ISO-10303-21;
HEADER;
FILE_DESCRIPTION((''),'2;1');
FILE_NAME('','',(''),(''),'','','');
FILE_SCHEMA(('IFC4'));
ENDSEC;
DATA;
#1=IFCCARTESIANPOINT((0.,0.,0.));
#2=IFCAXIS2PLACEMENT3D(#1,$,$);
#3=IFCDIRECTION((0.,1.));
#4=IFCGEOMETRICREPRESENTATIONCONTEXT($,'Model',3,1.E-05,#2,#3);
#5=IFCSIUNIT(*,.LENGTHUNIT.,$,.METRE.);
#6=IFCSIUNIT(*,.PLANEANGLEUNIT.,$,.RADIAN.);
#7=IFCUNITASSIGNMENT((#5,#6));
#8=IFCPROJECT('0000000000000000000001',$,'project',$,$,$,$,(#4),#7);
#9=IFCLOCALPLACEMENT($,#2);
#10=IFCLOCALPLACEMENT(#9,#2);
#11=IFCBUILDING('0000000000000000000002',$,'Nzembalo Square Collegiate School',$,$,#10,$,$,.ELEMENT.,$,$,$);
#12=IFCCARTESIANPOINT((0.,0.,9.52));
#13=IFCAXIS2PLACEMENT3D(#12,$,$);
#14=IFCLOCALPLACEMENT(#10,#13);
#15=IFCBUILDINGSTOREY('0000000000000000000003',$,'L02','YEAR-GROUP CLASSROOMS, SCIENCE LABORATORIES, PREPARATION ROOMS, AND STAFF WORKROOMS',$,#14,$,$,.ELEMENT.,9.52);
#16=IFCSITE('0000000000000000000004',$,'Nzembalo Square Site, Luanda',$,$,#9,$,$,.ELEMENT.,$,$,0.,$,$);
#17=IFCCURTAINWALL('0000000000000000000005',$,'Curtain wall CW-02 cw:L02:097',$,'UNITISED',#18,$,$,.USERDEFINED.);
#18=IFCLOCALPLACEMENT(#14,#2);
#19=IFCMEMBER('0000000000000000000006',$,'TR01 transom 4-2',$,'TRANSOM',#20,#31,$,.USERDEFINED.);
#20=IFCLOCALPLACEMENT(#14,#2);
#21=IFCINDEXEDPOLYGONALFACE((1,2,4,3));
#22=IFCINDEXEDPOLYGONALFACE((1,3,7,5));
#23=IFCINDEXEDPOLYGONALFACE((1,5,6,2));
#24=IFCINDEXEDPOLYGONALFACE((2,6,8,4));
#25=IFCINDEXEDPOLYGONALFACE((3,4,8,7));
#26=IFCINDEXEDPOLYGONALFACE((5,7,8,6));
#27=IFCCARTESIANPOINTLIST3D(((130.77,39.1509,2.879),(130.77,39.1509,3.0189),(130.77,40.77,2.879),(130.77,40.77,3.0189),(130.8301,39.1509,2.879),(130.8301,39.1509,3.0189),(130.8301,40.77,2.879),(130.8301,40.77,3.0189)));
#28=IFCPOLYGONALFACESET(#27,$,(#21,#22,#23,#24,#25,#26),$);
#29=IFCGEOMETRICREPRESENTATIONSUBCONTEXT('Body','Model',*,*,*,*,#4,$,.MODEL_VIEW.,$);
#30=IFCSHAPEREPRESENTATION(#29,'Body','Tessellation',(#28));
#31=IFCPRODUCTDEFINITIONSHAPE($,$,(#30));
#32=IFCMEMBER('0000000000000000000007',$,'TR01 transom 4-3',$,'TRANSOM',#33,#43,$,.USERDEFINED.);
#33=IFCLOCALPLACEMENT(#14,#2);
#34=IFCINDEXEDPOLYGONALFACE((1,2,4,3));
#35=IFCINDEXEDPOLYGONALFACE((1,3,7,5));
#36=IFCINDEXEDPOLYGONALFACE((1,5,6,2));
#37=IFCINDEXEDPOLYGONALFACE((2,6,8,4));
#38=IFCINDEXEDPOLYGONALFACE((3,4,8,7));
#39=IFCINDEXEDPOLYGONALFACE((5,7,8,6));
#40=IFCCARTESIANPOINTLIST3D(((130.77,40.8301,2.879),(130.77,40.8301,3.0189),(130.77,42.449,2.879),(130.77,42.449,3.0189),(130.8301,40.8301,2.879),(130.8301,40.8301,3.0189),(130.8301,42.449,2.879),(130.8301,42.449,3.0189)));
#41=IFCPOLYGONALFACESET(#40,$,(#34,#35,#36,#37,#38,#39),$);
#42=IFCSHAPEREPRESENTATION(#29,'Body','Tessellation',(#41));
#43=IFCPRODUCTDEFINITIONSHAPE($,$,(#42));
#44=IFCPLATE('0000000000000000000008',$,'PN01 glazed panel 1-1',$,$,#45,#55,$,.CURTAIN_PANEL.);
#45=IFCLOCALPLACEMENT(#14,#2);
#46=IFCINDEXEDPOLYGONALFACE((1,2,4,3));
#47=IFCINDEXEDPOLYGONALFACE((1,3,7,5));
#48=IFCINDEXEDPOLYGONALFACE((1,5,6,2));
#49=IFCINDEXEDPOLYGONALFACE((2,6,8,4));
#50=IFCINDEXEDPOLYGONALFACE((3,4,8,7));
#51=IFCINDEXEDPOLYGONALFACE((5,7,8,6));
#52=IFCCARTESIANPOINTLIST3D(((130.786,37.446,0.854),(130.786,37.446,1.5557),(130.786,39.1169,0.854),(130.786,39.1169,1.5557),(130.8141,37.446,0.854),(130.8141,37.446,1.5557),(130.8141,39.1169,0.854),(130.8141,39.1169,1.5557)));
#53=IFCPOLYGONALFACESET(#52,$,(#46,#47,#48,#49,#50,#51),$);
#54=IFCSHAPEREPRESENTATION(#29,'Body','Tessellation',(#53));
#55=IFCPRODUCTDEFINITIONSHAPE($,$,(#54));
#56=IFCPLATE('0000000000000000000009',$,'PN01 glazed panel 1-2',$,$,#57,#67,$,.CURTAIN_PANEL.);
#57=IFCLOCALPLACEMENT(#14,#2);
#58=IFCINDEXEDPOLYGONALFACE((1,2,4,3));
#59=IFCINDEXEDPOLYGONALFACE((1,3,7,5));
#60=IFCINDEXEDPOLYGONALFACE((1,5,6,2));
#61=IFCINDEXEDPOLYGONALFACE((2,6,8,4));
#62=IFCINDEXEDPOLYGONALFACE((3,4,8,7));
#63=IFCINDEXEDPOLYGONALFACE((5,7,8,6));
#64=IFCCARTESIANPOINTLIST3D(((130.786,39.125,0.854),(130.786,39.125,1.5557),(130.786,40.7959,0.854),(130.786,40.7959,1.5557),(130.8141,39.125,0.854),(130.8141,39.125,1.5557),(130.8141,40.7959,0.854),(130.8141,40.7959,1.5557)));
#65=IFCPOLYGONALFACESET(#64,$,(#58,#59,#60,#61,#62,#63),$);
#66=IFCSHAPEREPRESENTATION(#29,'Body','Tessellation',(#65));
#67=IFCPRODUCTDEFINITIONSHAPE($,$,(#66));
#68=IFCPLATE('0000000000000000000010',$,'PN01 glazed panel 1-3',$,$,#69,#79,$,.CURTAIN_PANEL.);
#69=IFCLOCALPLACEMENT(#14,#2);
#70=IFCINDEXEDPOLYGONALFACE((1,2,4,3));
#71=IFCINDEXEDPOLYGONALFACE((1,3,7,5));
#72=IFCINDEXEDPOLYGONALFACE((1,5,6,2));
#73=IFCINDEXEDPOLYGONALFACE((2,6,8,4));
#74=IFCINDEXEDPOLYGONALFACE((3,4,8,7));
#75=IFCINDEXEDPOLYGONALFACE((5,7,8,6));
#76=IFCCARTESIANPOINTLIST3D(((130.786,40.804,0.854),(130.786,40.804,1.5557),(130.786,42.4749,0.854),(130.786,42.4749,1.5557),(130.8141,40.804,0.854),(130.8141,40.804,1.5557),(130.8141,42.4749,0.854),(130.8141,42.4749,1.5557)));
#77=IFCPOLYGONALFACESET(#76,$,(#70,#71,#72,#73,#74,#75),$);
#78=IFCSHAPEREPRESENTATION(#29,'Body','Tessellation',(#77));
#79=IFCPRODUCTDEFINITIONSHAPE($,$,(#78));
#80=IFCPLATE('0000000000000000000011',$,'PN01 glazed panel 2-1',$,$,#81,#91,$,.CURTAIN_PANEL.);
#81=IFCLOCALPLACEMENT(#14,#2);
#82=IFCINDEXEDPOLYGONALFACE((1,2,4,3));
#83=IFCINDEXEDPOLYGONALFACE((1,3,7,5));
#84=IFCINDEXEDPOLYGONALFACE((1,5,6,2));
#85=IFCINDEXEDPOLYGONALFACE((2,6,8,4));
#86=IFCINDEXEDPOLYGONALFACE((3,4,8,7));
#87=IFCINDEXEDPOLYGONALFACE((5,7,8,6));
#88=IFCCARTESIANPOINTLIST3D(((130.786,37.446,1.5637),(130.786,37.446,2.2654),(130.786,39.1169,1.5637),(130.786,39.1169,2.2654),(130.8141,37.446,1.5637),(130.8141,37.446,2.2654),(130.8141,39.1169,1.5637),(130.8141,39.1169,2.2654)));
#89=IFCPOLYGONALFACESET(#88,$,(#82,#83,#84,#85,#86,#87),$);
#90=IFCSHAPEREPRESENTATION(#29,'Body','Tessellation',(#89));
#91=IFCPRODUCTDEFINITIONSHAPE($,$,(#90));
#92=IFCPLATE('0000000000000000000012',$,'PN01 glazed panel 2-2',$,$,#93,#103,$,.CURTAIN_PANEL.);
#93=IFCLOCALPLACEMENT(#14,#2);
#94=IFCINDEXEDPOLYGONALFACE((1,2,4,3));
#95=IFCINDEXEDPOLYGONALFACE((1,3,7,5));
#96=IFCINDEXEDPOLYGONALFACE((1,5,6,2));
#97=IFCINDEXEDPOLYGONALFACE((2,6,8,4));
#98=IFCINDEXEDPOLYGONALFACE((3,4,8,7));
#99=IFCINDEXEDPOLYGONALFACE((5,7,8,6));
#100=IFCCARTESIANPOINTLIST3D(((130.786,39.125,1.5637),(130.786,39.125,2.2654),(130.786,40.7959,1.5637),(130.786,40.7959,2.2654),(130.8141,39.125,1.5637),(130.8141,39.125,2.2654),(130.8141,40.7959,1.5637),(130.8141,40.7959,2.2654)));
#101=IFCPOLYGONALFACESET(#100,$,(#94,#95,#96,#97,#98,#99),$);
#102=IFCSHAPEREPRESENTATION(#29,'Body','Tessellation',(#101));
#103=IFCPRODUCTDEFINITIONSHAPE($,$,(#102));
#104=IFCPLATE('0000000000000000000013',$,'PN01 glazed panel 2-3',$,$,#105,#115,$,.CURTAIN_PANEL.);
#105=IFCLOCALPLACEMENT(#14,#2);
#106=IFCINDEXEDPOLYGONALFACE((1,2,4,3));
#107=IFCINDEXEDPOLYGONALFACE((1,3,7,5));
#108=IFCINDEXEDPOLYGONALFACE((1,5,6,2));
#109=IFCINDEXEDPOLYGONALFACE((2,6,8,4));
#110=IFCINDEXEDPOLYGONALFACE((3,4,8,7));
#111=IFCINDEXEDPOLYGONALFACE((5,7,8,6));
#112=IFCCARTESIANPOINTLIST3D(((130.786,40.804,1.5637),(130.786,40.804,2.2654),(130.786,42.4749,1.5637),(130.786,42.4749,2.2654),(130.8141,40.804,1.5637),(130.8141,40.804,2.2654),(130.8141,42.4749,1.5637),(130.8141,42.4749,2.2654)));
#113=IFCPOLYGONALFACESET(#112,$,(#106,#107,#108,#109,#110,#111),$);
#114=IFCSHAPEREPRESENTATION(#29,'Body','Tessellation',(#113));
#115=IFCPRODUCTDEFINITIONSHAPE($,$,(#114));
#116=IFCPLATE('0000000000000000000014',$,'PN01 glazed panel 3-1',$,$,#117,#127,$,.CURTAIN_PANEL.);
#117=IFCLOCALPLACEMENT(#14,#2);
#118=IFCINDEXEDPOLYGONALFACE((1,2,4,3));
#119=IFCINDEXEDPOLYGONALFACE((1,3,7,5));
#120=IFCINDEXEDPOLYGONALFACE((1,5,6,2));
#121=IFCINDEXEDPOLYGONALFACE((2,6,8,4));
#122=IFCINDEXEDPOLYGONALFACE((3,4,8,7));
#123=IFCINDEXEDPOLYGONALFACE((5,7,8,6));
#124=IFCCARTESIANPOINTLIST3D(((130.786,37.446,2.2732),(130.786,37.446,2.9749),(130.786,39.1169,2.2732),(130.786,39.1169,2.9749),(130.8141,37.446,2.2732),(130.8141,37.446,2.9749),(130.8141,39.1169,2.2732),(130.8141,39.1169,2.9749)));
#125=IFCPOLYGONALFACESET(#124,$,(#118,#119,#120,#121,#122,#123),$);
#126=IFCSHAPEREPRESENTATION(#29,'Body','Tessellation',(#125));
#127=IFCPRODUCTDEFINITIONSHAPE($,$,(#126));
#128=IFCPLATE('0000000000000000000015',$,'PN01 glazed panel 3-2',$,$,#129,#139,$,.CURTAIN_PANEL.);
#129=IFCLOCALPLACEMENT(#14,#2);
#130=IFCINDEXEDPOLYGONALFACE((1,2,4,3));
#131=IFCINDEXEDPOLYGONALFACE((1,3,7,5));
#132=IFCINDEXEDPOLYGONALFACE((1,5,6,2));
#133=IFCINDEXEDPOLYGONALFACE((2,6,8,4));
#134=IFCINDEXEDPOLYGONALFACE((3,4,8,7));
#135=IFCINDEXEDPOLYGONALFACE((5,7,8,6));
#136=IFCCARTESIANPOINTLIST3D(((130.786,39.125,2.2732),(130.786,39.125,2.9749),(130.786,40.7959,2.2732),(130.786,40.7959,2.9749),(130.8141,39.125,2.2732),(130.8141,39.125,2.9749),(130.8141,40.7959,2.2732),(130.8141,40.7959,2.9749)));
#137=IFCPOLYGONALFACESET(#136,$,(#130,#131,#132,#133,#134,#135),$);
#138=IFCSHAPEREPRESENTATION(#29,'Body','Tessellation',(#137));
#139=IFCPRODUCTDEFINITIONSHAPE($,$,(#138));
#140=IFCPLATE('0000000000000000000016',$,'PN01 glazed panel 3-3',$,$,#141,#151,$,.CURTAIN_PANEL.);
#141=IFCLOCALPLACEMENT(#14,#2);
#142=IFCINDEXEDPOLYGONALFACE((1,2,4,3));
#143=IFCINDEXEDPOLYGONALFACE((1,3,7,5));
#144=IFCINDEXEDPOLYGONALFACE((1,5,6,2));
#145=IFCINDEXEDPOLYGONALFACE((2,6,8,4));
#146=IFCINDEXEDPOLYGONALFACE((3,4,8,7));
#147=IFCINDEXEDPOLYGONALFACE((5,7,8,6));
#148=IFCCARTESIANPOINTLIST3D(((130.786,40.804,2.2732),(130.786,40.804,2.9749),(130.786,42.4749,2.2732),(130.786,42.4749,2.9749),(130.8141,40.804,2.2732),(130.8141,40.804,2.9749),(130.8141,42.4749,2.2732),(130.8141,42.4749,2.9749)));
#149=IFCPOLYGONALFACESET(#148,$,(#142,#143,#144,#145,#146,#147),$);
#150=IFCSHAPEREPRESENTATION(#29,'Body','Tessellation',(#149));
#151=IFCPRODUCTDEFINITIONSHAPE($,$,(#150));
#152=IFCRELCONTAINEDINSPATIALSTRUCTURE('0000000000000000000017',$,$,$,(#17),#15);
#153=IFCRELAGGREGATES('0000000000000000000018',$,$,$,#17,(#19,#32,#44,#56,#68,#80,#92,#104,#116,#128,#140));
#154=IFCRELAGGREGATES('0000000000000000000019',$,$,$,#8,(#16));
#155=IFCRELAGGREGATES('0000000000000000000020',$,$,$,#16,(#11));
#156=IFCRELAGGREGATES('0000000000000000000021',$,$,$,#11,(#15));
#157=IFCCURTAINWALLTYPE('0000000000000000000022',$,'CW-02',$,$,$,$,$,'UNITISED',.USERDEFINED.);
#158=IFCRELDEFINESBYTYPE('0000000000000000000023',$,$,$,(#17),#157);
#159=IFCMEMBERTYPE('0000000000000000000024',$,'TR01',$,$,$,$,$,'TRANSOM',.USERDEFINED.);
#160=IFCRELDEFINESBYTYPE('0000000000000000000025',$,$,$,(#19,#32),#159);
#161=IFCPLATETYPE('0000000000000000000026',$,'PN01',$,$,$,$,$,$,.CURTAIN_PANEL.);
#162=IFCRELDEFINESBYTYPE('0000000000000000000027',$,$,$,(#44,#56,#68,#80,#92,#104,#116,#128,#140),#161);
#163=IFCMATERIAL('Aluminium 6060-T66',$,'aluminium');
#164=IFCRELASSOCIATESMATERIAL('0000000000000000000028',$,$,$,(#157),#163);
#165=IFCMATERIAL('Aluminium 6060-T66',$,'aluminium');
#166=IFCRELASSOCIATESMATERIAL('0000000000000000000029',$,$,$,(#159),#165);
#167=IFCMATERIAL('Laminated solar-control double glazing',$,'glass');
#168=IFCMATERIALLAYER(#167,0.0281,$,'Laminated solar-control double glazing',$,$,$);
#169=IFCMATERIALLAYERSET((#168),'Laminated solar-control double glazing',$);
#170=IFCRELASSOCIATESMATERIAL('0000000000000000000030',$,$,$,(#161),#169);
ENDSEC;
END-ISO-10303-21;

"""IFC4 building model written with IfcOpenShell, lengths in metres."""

from ifc_helpers import new_model, si_unit, direction, frame, origin, origin_2d, place, context, subcontext, project, spatial, rectangle, extrude, material, layer, layer_set, material_profile, profile_set, type_object, element, aggregate, save


model = new_model("IFC4")

# Units and contexts
model_context = context("Model", 3, precision=1e-05, world=origin(), true_north=direction((0.0, 1.0)))
body_context = subcontext(model_context, "Body", "Model", "MODEL_VIEW")
ifc_project = project(units=[si_unit("LENGTHUNIT", "METRE"), si_unit("PLANEANGLEUNIT", "RADIAN")], contexts=[model_context])

# Site, building, storey
site_placement = place(None, origin())
site = spatial("IfcSite", under=ifc_project, at=site_placement, Name="Nzembalo Square Site, Luanda", CompositionType="ELEMENT", RefElevation=0.0)
building_placement = place(site_placement, origin())
building = spatial("IfcBuilding", under=site, at=building_placement, Name="Nzembalo Square Collegiate School", CompositionType="ELEMENT")
storey_placement = place(building_placement, frame((0.0, 0.0, 9.52)))
storey = spatial("IfcBuildingStorey", under=building, at=storey_placement, Name="L02", Description="YEAR-GROUP CLASSROOMS, SCIENCE LABORATORIES, PREPARATION ROOMS, AND STAFF WORKROOMS", CompositionType="ELEMENT", Elevation=9.52)

# Curtain wall, members, plates
ifc_material_1 = material(Name="Aluminium 6060-T66", Category="aluminium")
curtain_wall_type = type_object("IfcCurtainWallType", Name="CW-02", ElementType="UNITISED", PredefinedType="USERDEFINED", material=ifc_material_1)
curtain_wall_placement = place(storey_placement, origin())
curtain_wall = element("IfcCurtainWall", 1, at=curtain_wall_placement, inside=storey, type_object=curtain_wall_type, Name="Curtain wall CW-02 cw:L02:097", ObjectType="UNITISED", PredefinedType="USERDEFINED")
ifc_material_2 = material(Name="Aluminium 6060-T66", Category="aluminium")
ifc_material_profile_1 = material_profile(ifc_material_2, rectangle(XDim=0.0601, YDim=0.1399, at=origin_2d()), Name="ALU T60x140")
ifc_profile_set_1 = profile_set([ifc_material_profile_1], Name="Aluminium 6060-T66")
member_type_1 = type_object("IfcMemberType", Name="TR01", ElementType="TRANSOM", PredefinedType="USERDEFINED", material=ifc_profile_set_1)
member_1_placement = place(storey_placement, frame((130.8, 39.1509, 2.949), z_axis=(0.0, 1.0, 0.0), x_axis=(-1.0, 0.0, 0.0)))
member_1 = element("IfcMember", 2, at=member_1_placement, type_object=member_type_1, Name="TR01 transom 4-2", ObjectType="TRANSOM", PredefinedType="USERDEFINED", context=body_context, shape_type="SweptSolid", body=[
    extrude(rectangle(XDim=0.0601, YDim=0.1399, at=origin_2d()), origin(), (0.0, 0.0, 1.0), 1.6191),
])
member_2_placement = place(storey_placement, frame((130.8, 40.8301, 2.949), z_axis=(0.0, 1.0, 0.0), x_axis=(-1.0, 0.0, 0.0)))
member_2 = element("IfcMember", 3, at=member_2_placement, type_object=member_type_1, Name="TR01 transom 4-3", ObjectType="TRANSOM", PredefinedType="USERDEFINED", context=body_context, shape_type="SweptSolid", body=[
    extrude(rectangle(XDim=0.0601, YDim=0.1399, at=origin_2d()), origin(), (0.0, 0.0, 1.0), 1.6189),
])
ifc_material_3 = material(Name="Laminated solar-control double glazing", Category="glass")
ifc_layer = layer(ifc_material_3, 0.0281, Name="Laminated solar-control double glazing")
ifc_layer_set = layer_set([ifc_layer], Name="Laminated solar-control double glazing")
plate_type = type_object("IfcPlateType", Name="PN01", PredefinedType="CURTAIN_PANEL", material=ifc_layer_set)
plate_1_placement = place(storey_placement, frame((130.8, 38.2815, 0.854), z_axis=(0.0, 0.0, 1.0), x_axis=(0.0, 1.0, 0.0)))
plate_1 = element("IfcPlate", 4, at=plate_1_placement, type_object=plate_type, Name="PN01 glazed panel 1-1", PredefinedType="CURTAIN_PANEL", context=body_context, shape_type="SweptSolid", body=[
    extrude(rectangle(XDim=1.6709, YDim=0.0281, at=origin_2d()), origin(), (0.0, 0.0, 1.0), 0.7017),
])
plate_2_placement = place(storey_placement, frame((130.8, 39.9604, 0.854), z_axis=(0.0, 0.0, 1.0), x_axis=(0.0, 1.0, 0.0)))
plate_2 = element("IfcPlate", 5, at=plate_2_placement, type_object=plate_type, Name="PN01 glazed panel 1-2", PredefinedType="CURTAIN_PANEL", context=body_context, shape_type="SweptSolid", body=[
    extrude(rectangle(XDim=1.6709, YDim=0.0281, at=origin_2d()), origin(), (0.0, 0.0, 1.0), 0.7017),
])
plate_3_placement = place(storey_placement, frame((130.8, 41.6394, 0.854), z_axis=(0.0, 0.0, 1.0), x_axis=(0.0, 1.0, 0.0)))
plate_3 = element("IfcPlate", 6, at=plate_3_placement, type_object=plate_type, Name="PN01 glazed panel 1-3", PredefinedType="CURTAIN_PANEL", context=body_context, shape_type="SweptSolid", body=[
    extrude(rectangle(XDim=1.6709, YDim=0.0281, at=origin_2d()), origin(), (0.0, 0.0, 1.0), 0.7017),
])
plate_4_placement = place(storey_placement, frame((130.8, 38.2815, 1.5637), z_axis=(0.0, 0.0, 1.0), x_axis=(0.0, 1.0, 0.0)))
plate_4 = element("IfcPlate", 7, at=plate_4_placement, type_object=plate_type, Name="PN01 glazed panel 2-1", PredefinedType="CURTAIN_PANEL", context=body_context, shape_type="SweptSolid", body=[
    extrude(rectangle(XDim=1.6709, YDim=0.0281, at=origin_2d()), origin(), (0.0, 0.0, 1.0), 0.7017),
])
plate_5_placement = place(storey_placement, frame((130.8, 39.9604, 1.5637), z_axis=(0.0, 0.0, 1.0), x_axis=(0.0, 1.0, 0.0)))
plate_5 = element("IfcPlate", 8, at=plate_5_placement, type_object=plate_type, Name="PN01 glazed panel 2-2", PredefinedType="CURTAIN_PANEL", context=body_context, shape_type="SweptSolid", body=[
    extrude(rectangle(XDim=1.6709, YDim=0.0281, at=origin_2d()), origin(), (0.0, 0.0, 1.0), 0.7017),
])
plate_6_placement = place(storey_placement, frame((130.8, 41.6394, 1.5637), z_axis=(0.0, 0.0, 1.0), x_axis=(0.0, 1.0, 0.0)))
plate_6 = element("IfcPlate", 9, at=plate_6_placement, type_object=plate_type, Name="PN01 glazed panel 2-3", PredefinedType="CURTAIN_PANEL", context=body_context, shape_type="SweptSolid", body=[
    extrude(rectangle(XDim=1.6709, YDim=0.0281, at=origin_2d()), origin(), (0.0, 0.0, 1.0), 0.7017),
])
plate_7_placement = place(storey_placement, frame((130.8, 38.2815, 2.2732), z_axis=(0.0, 0.0, 1.0), x_axis=(0.0, 1.0, 0.0)))
plate_7 = element("IfcPlate", 10, at=plate_7_placement, type_object=plate_type, Name="PN01 glazed panel 3-1", PredefinedType="CURTAIN_PANEL", context=body_context, shape_type="SweptSolid", body=[
    extrude(rectangle(XDim=1.6709, YDim=0.0281, at=origin_2d()), origin(), (0.0, 0.0, 1.0), 0.7017),
])
plate_8_placement = place(storey_placement, frame((130.8, 39.9604, 2.2732), z_axis=(0.0, 0.0, 1.0), x_axis=(0.0, 1.0, 0.0)))
plate_8 = element("IfcPlate", 11, at=plate_8_placement, type_object=plate_type, Name="PN01 glazed panel 3-2", PredefinedType="CURTAIN_PANEL", context=body_context, shape_type="SweptSolid", body=[
    extrude(rectangle(XDim=1.6709, YDim=0.0281, at=origin_2d()), origin(), (0.0, 0.0, 1.0), 0.7017),
])
plate_9_placement = place(storey_placement, frame((130.8, 41.6394, 2.2732), z_axis=(0.0, 0.0, 1.0), x_axis=(0.0, 1.0, 0.0)))
plate_9 = element("IfcPlate", 12, at=plate_9_placement, type_object=plate_type, Name="PN01 glazed panel 3-3", PredefinedType="CURTAIN_PANEL", context=body_context, shape_type="SweptSolid", body=[
    extrude(rectangle(XDim=1.6709, YDim=0.0281, at=origin_2d()), origin(), (0.0, 0.0, 1.0), 0.7017),
])
aggregate(curtain_wall, [member_1, member_2, plate_1, plate_2, plate_3, plate_4, plate_5, plate_6, plate_7, plate_8, plate_9])

save(model, "model.ifc")
